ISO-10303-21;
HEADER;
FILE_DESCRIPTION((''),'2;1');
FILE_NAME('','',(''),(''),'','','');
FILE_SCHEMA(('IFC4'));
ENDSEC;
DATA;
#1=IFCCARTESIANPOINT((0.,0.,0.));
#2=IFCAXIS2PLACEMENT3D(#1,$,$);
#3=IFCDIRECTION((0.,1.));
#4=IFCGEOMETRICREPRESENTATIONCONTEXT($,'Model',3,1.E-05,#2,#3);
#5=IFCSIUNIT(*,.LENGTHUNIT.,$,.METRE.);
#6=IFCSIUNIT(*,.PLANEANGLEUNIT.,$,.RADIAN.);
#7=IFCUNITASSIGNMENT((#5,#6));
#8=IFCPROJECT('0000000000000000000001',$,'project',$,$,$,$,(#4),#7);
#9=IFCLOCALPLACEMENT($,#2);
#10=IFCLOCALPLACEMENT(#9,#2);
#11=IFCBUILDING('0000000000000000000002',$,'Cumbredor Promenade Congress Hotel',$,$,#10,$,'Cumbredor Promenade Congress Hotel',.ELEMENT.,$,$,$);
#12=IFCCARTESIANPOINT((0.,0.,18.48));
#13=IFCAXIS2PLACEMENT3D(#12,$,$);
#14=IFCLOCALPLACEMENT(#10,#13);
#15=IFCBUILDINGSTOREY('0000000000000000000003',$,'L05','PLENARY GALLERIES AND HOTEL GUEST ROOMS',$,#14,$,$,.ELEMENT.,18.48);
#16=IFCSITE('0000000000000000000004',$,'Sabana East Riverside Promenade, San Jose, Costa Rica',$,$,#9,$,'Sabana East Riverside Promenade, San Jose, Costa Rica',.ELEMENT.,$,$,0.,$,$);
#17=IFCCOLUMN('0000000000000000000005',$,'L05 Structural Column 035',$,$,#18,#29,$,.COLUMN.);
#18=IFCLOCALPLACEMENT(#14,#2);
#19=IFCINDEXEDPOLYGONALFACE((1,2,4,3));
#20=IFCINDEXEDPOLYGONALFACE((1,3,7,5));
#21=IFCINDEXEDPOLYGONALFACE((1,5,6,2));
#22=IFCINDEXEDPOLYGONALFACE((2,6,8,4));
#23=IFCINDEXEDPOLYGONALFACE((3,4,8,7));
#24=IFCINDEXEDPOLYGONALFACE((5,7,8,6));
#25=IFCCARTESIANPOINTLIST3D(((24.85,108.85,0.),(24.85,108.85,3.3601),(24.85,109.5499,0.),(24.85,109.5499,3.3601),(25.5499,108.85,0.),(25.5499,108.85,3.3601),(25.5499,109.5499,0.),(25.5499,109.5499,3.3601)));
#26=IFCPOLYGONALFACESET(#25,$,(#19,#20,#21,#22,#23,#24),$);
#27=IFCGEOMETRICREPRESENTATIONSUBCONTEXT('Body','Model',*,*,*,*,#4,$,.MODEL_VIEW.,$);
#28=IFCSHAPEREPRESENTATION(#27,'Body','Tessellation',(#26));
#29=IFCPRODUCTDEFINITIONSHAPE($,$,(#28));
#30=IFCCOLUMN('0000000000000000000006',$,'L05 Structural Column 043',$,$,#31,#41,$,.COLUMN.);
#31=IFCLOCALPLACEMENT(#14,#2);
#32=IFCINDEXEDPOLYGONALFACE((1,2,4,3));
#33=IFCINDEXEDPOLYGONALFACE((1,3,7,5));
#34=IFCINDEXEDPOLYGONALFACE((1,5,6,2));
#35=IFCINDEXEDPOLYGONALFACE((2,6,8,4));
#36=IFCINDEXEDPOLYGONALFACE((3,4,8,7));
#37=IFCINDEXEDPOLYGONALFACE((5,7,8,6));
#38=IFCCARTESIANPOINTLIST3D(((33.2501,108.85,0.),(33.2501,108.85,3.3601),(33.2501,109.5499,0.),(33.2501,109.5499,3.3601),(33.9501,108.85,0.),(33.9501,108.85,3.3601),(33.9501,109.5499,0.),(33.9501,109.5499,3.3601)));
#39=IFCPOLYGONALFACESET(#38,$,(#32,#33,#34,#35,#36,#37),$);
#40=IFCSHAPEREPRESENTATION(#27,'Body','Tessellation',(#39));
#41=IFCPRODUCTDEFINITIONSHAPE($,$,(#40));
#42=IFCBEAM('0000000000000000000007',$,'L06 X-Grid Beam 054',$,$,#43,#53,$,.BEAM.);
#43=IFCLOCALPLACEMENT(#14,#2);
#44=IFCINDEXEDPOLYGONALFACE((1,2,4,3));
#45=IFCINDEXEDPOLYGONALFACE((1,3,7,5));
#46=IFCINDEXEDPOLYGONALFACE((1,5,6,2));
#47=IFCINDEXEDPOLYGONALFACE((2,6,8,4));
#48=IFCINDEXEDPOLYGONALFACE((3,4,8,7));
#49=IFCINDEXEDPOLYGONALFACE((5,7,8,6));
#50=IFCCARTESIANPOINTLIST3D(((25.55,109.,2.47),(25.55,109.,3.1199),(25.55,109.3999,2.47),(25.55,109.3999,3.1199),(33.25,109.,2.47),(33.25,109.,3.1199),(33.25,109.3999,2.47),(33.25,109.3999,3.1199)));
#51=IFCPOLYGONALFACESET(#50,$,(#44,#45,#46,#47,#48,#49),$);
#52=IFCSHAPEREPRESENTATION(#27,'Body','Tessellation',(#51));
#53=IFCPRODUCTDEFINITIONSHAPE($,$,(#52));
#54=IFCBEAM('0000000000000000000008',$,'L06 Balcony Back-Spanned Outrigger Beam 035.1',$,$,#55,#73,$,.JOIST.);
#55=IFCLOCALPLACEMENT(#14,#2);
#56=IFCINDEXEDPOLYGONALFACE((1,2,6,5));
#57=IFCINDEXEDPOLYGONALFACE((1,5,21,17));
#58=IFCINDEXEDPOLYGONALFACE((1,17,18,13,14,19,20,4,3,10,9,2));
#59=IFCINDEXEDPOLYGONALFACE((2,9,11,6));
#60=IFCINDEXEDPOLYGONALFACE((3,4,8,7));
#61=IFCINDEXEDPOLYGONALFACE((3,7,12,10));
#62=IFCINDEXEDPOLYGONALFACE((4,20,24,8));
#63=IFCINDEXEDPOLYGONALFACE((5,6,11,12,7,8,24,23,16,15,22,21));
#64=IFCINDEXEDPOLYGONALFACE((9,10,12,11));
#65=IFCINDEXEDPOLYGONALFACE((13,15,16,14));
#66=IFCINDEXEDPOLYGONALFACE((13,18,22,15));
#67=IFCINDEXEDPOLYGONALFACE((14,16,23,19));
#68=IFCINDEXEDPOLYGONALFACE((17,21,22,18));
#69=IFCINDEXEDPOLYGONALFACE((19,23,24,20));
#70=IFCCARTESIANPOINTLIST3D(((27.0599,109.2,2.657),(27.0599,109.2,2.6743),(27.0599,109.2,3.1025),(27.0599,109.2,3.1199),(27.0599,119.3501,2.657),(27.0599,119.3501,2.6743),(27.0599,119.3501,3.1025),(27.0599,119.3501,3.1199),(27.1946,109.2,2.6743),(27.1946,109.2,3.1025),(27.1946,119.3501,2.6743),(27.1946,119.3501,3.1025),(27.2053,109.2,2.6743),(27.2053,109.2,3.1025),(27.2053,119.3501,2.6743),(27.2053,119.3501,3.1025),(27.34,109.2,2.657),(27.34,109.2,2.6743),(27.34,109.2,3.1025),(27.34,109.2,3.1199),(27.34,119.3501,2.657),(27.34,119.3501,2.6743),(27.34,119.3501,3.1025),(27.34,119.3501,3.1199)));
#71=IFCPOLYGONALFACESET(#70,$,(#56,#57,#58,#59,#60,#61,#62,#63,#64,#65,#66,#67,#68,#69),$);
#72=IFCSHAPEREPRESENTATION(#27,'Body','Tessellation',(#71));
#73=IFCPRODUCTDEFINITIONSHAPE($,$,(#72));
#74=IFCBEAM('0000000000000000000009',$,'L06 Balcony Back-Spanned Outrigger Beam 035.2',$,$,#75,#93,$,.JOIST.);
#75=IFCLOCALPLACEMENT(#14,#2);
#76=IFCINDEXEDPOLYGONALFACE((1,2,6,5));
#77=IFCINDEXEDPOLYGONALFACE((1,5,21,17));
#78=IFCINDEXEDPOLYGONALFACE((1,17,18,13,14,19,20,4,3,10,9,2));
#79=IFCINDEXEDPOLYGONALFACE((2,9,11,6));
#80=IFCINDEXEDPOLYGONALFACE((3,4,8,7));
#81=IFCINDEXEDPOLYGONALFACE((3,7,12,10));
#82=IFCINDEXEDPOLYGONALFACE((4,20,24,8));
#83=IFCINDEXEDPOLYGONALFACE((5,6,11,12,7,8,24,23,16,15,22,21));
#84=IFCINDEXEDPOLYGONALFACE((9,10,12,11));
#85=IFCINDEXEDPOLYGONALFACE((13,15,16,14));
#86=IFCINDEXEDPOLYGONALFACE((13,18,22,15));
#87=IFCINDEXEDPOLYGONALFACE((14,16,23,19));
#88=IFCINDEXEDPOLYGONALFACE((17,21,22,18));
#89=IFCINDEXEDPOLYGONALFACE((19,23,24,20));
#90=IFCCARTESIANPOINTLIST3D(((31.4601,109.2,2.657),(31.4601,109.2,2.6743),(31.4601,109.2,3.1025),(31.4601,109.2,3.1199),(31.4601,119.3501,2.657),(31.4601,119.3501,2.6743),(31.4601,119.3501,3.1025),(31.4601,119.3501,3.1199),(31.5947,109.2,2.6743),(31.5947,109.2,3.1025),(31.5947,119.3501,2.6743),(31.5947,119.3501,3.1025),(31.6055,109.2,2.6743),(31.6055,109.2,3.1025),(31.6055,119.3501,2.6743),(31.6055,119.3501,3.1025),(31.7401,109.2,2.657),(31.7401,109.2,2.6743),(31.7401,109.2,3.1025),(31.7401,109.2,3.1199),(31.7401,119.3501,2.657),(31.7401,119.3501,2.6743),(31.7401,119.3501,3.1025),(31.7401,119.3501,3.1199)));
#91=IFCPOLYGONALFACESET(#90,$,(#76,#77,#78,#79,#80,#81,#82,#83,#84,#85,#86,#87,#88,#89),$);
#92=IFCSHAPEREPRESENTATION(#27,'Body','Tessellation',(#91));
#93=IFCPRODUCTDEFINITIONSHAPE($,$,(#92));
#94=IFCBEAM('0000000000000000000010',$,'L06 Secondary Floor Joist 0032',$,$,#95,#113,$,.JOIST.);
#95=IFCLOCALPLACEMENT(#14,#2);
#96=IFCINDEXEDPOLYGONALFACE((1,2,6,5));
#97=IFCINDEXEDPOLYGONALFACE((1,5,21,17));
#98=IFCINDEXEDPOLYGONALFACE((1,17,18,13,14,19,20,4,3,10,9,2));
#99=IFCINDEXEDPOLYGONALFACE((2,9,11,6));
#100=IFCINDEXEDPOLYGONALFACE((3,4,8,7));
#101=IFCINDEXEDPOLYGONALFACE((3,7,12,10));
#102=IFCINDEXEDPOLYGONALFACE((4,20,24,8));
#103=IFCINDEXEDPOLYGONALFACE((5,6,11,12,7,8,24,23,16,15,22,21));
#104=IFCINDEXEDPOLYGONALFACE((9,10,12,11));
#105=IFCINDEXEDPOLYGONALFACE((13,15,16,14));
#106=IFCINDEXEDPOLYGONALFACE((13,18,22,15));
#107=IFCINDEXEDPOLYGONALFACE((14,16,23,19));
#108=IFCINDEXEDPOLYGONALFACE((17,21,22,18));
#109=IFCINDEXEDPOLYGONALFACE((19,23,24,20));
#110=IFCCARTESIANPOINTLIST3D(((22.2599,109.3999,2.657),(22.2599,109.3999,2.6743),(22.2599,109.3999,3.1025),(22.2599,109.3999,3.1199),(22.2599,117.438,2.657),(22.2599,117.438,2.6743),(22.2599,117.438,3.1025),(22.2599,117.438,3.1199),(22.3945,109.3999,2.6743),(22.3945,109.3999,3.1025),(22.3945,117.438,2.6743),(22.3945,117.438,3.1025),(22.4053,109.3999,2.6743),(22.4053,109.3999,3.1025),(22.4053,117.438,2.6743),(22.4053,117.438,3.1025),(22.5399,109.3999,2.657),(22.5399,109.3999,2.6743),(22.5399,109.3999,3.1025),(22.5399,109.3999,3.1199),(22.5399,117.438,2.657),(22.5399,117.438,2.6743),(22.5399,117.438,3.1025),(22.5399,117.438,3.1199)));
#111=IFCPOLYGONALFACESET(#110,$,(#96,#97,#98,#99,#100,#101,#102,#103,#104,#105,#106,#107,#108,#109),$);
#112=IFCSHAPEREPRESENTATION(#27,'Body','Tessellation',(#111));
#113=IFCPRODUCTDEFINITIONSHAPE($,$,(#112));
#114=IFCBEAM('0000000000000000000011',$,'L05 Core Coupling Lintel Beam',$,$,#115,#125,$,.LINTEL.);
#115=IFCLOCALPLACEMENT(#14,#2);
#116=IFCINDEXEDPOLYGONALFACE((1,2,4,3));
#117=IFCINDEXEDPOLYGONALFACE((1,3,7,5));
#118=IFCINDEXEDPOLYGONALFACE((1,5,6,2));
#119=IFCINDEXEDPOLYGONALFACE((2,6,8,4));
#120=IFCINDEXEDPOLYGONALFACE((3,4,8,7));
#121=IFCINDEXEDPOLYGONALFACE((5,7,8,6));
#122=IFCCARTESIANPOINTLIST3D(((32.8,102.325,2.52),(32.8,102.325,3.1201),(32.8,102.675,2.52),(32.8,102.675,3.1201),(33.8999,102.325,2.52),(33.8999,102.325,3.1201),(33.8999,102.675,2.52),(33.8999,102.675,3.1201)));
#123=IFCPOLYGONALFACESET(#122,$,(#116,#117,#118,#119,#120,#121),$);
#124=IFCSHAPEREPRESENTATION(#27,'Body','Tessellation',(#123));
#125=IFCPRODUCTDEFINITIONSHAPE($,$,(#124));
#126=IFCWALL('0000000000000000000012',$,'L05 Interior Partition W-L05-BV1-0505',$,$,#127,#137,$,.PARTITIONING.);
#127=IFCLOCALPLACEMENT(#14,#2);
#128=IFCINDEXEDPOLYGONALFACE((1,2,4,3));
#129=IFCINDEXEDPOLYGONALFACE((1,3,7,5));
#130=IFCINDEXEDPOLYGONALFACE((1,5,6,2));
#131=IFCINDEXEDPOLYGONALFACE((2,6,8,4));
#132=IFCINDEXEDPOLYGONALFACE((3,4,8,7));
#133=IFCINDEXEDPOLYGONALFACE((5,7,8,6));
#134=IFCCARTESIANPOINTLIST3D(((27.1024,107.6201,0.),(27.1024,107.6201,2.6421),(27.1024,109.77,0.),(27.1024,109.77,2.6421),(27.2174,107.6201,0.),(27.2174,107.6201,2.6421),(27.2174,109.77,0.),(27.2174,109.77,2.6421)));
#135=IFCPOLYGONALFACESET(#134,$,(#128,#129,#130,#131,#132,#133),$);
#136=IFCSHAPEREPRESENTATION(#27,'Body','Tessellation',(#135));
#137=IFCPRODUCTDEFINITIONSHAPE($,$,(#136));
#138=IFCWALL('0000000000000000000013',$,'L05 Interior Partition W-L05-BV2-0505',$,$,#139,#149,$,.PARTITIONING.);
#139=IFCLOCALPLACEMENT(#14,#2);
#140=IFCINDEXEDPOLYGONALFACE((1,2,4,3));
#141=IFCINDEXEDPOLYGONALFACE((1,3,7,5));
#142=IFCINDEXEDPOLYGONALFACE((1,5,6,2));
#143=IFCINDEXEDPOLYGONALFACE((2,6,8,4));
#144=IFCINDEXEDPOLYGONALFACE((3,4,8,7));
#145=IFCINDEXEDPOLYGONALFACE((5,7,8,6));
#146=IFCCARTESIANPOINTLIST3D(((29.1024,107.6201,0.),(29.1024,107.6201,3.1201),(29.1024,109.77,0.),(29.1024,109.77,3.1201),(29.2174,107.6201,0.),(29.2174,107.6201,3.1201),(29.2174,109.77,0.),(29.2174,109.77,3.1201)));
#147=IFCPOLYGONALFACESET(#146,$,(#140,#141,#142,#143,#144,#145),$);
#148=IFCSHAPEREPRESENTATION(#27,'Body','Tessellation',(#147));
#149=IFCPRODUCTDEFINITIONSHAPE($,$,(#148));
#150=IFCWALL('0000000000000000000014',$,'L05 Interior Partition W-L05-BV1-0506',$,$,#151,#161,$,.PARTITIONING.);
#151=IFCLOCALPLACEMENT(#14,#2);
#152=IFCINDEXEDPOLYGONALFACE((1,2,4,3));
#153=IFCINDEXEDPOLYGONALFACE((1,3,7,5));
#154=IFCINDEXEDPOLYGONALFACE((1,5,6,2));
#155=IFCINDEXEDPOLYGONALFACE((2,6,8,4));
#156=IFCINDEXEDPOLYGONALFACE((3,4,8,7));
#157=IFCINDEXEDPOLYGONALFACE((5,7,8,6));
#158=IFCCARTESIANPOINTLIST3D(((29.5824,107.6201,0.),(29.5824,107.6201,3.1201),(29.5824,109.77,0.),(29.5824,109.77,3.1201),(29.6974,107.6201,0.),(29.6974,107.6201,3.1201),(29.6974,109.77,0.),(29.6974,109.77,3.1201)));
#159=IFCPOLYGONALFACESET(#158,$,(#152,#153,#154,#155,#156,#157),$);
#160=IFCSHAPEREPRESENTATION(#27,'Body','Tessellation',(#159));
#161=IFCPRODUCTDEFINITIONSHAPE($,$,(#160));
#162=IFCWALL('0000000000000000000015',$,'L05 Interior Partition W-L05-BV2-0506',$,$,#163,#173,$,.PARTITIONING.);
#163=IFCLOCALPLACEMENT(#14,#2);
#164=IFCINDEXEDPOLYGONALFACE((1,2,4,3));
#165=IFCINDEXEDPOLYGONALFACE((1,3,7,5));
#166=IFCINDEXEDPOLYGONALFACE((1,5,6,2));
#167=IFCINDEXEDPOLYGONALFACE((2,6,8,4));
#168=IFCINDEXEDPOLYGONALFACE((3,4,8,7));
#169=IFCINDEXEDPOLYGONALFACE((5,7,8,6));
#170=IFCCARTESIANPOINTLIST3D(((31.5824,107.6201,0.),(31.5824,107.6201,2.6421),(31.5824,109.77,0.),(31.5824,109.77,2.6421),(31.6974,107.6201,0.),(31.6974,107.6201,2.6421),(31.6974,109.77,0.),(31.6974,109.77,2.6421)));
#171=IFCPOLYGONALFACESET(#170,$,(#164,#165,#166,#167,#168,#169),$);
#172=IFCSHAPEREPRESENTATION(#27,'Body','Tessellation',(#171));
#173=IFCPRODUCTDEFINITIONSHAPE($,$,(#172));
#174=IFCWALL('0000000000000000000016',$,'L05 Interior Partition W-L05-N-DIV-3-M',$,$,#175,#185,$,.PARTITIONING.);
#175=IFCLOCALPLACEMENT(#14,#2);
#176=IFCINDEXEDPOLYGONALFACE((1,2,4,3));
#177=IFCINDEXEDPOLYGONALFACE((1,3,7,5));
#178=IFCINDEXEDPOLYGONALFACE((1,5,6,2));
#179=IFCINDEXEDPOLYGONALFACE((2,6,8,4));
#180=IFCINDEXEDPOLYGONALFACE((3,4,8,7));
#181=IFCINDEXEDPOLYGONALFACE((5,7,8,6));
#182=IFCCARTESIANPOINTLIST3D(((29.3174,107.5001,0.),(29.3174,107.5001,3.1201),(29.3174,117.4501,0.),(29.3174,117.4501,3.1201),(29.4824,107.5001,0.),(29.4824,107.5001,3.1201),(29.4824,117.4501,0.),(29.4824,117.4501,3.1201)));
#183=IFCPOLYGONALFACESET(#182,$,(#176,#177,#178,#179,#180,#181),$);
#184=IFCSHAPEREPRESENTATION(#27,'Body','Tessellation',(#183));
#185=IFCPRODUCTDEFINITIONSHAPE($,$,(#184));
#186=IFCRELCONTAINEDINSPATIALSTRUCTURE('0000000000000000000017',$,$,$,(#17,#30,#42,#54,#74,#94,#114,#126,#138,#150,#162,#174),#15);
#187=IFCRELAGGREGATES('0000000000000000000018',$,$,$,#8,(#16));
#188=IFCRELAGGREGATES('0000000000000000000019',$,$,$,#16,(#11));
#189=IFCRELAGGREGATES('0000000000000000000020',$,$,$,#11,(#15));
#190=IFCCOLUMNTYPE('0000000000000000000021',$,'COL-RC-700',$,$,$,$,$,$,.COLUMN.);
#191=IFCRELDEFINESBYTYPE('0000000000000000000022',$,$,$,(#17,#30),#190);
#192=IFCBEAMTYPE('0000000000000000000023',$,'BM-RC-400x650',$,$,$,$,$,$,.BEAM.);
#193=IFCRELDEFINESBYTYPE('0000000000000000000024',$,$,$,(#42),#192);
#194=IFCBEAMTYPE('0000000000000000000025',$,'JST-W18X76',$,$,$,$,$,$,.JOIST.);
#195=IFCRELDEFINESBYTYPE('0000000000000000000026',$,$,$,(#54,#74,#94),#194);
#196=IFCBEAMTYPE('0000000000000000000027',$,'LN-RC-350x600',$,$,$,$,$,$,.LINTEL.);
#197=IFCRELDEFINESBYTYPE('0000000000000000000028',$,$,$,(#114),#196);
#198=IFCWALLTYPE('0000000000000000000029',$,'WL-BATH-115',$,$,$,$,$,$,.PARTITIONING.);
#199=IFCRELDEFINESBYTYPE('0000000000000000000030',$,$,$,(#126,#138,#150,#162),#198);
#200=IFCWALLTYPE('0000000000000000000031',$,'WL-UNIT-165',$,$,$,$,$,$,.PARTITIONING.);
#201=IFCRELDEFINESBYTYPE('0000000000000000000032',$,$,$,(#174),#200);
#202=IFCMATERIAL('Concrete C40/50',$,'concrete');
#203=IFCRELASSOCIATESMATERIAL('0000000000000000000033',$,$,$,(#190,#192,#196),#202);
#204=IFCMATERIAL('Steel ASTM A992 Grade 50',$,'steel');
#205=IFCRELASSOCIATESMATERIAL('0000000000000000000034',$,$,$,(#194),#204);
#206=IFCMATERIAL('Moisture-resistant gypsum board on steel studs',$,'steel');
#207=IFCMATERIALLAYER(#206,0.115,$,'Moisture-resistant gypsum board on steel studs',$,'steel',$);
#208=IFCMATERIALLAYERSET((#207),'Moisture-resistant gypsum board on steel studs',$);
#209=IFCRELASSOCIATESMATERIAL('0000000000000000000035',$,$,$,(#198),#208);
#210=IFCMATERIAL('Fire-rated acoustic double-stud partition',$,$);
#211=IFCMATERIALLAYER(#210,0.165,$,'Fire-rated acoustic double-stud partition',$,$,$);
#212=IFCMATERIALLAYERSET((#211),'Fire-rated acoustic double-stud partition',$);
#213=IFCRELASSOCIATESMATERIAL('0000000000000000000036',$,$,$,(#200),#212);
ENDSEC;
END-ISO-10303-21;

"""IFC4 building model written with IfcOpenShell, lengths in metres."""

from ifc_helpers import new_model, si_unit, direction, frame, frame_2d, origin, origin_2d, place, context, subcontext, project, spatial, rectangle, i_section, extrude, material, layer, layer_set, material_profile, profile_set, type_object, element, save


model = new_model("IFC4")

# Units and contexts
model_context = context("Model", 3, precision=1e-05, world=origin(), true_north=direction((0.0, 1.0)))
body_context = subcontext(model_context, "Body", "Model", "MODEL_VIEW")
ifc_project = project(units=[si_unit("LENGTHUNIT", "METRE"), si_unit("PLANEANGLEUNIT", "RADIAN")], contexts=[model_context])

# Site, building, storey
site_placement = place(None, origin())
site = spatial("IfcSite", under=ifc_project, at=site_placement, Name="Sabana East Riverside Promenade, San Jose, Costa Rica", LongName="Sabana East Riverside Promenade, San Jose, Costa Rica", CompositionType="ELEMENT", RefElevation=0.0)
building_placement = place(site_placement, origin())
building = spatial("IfcBuilding", under=site, at=building_placement, Name="Cumbredor Promenade Congress Hotel", LongName="Cumbredor Promenade Congress Hotel", CompositionType="ELEMENT")
storey_placement = place(building_placement, frame((0.0, 0.0, 18.48)))
storey = spatial("IfcBuildingStorey", under=building, at=storey_placement, Name="L05", Description="PLENARY GALLERIES AND HOTEL GUEST ROOMS", CompositionType="ELEMENT", Elevation=18.48)

# Columns
ifc_material_1 = material(Name="Concrete C40/50", Category="concrete")
ifc_material_profile_1 = material_profile(ifc_material_1, rectangle(XDim=0.7, YDim=0.7, at=origin_2d()), Name="RC 700x700")
ifc_profile_set_1 = profile_set([ifc_material_profile_1], Name="Concrete C40/50")
column_type = type_object("IfcColumnType", Name="COL-RC-700", PredefinedType="COLUMN", material=ifc_profile_set_1)
for number, where, z_axis, x_axis, name in (
    (1, (25.2, 109.2, 0.0), (0.0, 0.0, 1.0), (1.0, 0.0, 0.0), "L05 Structural Column 035"),
    (2, (33.6001, 109.2, 0.0), (0.0, 0.0, 1.0), (1.0, 0.0, 0.0), "L05 Structural Column 043"),
):
    element("IfcColumn", number, at=place(storey_placement, frame(where, z_axis=z_axis, x_axis=x_axis)), inside=storey, type_object=column_type, Name=name, PredefinedType="COLUMN", context=body_context, shape_type="SweptSolid", body=[
        extrude(rectangle(XDim=0.7, YDim=0.7, at=origin_2d()), origin(), (0.0, 0.0, 1.0), 3.3601),
    ])

# Beams
ifc_material_profile_2 = material_profile(ifc_material_1, rectangle(XDim=0.3999, YDim=0.6499, at=origin_2d()), Name="RC BEAM 400x650")
ifc_profile_set_2 = profile_set([ifc_material_profile_2], Name="Concrete C40/50")
beam_type_1 = type_object("IfcBeamType", Name="BM-RC-400x650", PredefinedType="BEAM", material=ifc_profile_set_2)
beam_1_placement = place(storey_placement, frame((25.55, 109.2, 2.7949), z_axis=(1.0, 0.0, 0.0), x_axis=(0.0, 1.0, 0.0)))
element("IfcBeam", 3, at=beam_1_placement, inside=storey, type_object=beam_type_1, Name="L06 X-Grid Beam 054", PredefinedType="BEAM", context=body_context, shape_type="SweptSolid", body=[
    extrude(rectangle(XDim=0.3999, YDim=0.6499, at=origin_2d()), origin(), (0.0, 0.0, 1.0), 7.7),
])
ifc_material_2 = material(Name="Steel ASTM A992 Grade 50", Category="steel")
ifc_material_profile_3 = material_profile(ifc_material_2, i_section(OverallWidth=0.28, OverallDepth=0.4629, WebThickness=0.0107, FlangeThickness=0.0173, at=origin_2d()), Name="W18X76")
ifc_profile_set_3 = profile_set([ifc_material_profile_3], Name="Steel ASTM A992 Grade 50")
beam_type_2 = type_object("IfcBeamType", Name="JST-W18X76", PredefinedType="JOIST", material=ifc_profile_set_3)
for number, where, z_axis, x_axis, name in (
    (4, (27.2, 109.2, 2.8884), (0.0, 1.0, 0.0), (-1.0, 0.0, 0.0), "L06 Balcony Back-Spanned Outrigger Beam 035.1"),
    (5, (31.6001, 109.2, 2.8884), (0.0, 1.0, 0.0), (-1.0, 0.0, 0.0), "L06 Balcony Back-Spanned Outrigger Beam 035.2"),
):
    element("IfcBeam", number, at=place(storey_placement, frame(where, z_axis=z_axis, x_axis=x_axis)), inside=storey, type_object=beam_type_2, Name=name, PredefinedType="JOIST", context=body_context, shape_type="SweptSolid", body=[
        extrude(i_section(OverallWidth=0.28, OverallDepth=0.4629, WebThickness=0.0107, FlangeThickness=0.0173, at=origin_2d()), origin(), (0.0, 0.0, 1.0), 10.1501),
    ])
beam_2_placement = place(storey_placement, frame((22.3999, 109.3999, 2.8884), z_axis=(0.0, 1.0, 0.0), x_axis=(-1.0, 0.0, 0.0)))
element("IfcBeam", 6, at=beam_2_placement, inside=storey, type_object=beam_type_2, Name="L06 Secondary Floor Joist 0032", PredefinedType="JOIST", context=body_context, shape_type="SweptSolid", body=[
    extrude(i_section(OverallWidth=0.28, OverallDepth=0.4629, WebThickness=0.0107, FlangeThickness=0.0173, at=origin_2d()), origin(), (0.0, 0.0, 1.0), 8.0381),
])
ifc_material_profile_4 = material_profile(ifc_material_1, rectangle(XDim=0.3501, YDim=0.6001, at=origin_2d()), Name="RC LINTEL 350x600")
ifc_profile_set_4 = profile_set([ifc_material_profile_4], Name="Concrete C40/50")
beam_type_3 = type_object("IfcBeamType", Name="LN-RC-350x600", PredefinedType="LINTEL", material=ifc_profile_set_4)
beam_3_placement = place(storey_placement, frame((32.8, 102.5, 2.8201), z_axis=(1.0, 0.0, 0.0), x_axis=(0.0, 1.0, 0.0)))
element("IfcBeam", 7, at=beam_3_placement, inside=storey, type_object=beam_type_3, Name="L05 Core Coupling Lintel Beam", PredefinedType="LINTEL", context=body_context, shape_type="SweptSolid", body=[
    extrude(rectangle(XDim=0.3501, YDim=0.6001, at=origin_2d()), origin(), (0.0, 0.0, 1.0), 1.0999),
])

# Walls
ifc_material_3 = material(Name="Moisture-resistant gypsum board on steel studs", Category="steel")
ifc_layer_1 = layer(ifc_material_3, 0.115, Name="Moisture-resistant gypsum board on steel studs", Category="steel")
ifc_layer_set_1 = layer_set([ifc_layer_1], Name="Moisture-resistant gypsum board on steel studs")
wall_type_1 = type_object("IfcWallType", Name="WL-BATH-115", PredefinedType="PARTITIONING", material=ifc_layer_set_1)
wall_1_placement = place(storey_placement, frame((27.1599, 107.6201, 0.0), z_axis=(0.0, 0.0, 1.0), x_axis=(0.0, 1.0, 0.0)))
element("IfcWall", 8, at=wall_1_placement, inside=storey, type_object=wall_type_1, Name="L05 Interior Partition W-L05-BV1-0505", PredefinedType="PARTITIONING", context=body_context, shape_type="SweptSolid", body=[
    extrude(rectangle(XDim=2.1499, YDim=0.115, at=frame_2d((1.075, 0.0))), origin(), (0.0, 0.0, 1.0), 2.6421),
])
for number, where, z_axis, x_axis, name in (
    (9, (29.1599, 107.6201, 0.0), (0.0, 0.0, 1.0), (0.0, 1.0, 0.0), "L05 Interior Partition W-L05-BV2-0505"),
    (10, (29.6399, 107.6201, 0.0), (0.0, 0.0, 1.0), (0.0, 1.0, 0.0), "L05 Interior Partition W-L05-BV1-0506"),
):
    element("IfcWall", number, at=place(storey_placement, frame(where, z_axis=z_axis, x_axis=x_axis)), inside=storey, type_object=wall_type_1, Name=name, PredefinedType="PARTITIONING", context=body_context, shape_type="SweptSolid", body=[
        extrude(rectangle(XDim=2.1499, YDim=0.115, at=frame_2d((1.075, 0.0))), origin(), (0.0, 0.0, 1.0), 3.1201),
    ])
wall_2_placement = place(storey_placement, frame((31.6399, 107.6201, 0.0), z_axis=(0.0, 0.0, 1.0), x_axis=(0.0, 1.0, 0.0)))
element("IfcWall", 11, at=wall_2_placement, inside=storey, type_object=wall_type_1, Name="L05 Interior Partition W-L05-BV2-0506", PredefinedType="PARTITIONING", context=body_context, shape_type="SweptSolid", body=[
    extrude(rectangle(XDim=2.1499, YDim=0.115, at=frame_2d((1.075, 0.0))), origin(), (0.0, 0.0, 1.0), 2.6421),
])

# Wall
ifc_material_4 = material(Name="Fire-rated acoustic double-stud partition")
ifc_layer_2 = layer(ifc_material_4, 0.165, Name="Fire-rated acoustic double-stud partition")
ifc_layer_set_2 = layer_set([ifc_layer_2], Name="Fire-rated acoustic double-stud partition")
wall_type_2 = type_object("IfcWallType", Name="WL-UNIT-165", PredefinedType="PARTITIONING", material=ifc_layer_set_2)
wall_3_placement = place(storey_placement, frame((29.3999, 107.5, 0.0), z_axis=(0.0, 0.0, 1.0), x_axis=(0.0, 1.0, 0.0)))
element("IfcWall", 12, at=wall_3_placement, inside=storey, type_object=wall_type_2, Name="L05 Interior Partition W-L05-N-DIV-3-M", PredefinedType="PARTITIONING", context=body_context, shape_type="SweptSolid", body=[
    extrude(rectangle(XDim=9.95, YDim=0.165, at=frame_2d((4.9751, 0.0))), origin(), (0.0, 0.0, 1.0), 3.1201),
])

save(model, "model.ifc")
